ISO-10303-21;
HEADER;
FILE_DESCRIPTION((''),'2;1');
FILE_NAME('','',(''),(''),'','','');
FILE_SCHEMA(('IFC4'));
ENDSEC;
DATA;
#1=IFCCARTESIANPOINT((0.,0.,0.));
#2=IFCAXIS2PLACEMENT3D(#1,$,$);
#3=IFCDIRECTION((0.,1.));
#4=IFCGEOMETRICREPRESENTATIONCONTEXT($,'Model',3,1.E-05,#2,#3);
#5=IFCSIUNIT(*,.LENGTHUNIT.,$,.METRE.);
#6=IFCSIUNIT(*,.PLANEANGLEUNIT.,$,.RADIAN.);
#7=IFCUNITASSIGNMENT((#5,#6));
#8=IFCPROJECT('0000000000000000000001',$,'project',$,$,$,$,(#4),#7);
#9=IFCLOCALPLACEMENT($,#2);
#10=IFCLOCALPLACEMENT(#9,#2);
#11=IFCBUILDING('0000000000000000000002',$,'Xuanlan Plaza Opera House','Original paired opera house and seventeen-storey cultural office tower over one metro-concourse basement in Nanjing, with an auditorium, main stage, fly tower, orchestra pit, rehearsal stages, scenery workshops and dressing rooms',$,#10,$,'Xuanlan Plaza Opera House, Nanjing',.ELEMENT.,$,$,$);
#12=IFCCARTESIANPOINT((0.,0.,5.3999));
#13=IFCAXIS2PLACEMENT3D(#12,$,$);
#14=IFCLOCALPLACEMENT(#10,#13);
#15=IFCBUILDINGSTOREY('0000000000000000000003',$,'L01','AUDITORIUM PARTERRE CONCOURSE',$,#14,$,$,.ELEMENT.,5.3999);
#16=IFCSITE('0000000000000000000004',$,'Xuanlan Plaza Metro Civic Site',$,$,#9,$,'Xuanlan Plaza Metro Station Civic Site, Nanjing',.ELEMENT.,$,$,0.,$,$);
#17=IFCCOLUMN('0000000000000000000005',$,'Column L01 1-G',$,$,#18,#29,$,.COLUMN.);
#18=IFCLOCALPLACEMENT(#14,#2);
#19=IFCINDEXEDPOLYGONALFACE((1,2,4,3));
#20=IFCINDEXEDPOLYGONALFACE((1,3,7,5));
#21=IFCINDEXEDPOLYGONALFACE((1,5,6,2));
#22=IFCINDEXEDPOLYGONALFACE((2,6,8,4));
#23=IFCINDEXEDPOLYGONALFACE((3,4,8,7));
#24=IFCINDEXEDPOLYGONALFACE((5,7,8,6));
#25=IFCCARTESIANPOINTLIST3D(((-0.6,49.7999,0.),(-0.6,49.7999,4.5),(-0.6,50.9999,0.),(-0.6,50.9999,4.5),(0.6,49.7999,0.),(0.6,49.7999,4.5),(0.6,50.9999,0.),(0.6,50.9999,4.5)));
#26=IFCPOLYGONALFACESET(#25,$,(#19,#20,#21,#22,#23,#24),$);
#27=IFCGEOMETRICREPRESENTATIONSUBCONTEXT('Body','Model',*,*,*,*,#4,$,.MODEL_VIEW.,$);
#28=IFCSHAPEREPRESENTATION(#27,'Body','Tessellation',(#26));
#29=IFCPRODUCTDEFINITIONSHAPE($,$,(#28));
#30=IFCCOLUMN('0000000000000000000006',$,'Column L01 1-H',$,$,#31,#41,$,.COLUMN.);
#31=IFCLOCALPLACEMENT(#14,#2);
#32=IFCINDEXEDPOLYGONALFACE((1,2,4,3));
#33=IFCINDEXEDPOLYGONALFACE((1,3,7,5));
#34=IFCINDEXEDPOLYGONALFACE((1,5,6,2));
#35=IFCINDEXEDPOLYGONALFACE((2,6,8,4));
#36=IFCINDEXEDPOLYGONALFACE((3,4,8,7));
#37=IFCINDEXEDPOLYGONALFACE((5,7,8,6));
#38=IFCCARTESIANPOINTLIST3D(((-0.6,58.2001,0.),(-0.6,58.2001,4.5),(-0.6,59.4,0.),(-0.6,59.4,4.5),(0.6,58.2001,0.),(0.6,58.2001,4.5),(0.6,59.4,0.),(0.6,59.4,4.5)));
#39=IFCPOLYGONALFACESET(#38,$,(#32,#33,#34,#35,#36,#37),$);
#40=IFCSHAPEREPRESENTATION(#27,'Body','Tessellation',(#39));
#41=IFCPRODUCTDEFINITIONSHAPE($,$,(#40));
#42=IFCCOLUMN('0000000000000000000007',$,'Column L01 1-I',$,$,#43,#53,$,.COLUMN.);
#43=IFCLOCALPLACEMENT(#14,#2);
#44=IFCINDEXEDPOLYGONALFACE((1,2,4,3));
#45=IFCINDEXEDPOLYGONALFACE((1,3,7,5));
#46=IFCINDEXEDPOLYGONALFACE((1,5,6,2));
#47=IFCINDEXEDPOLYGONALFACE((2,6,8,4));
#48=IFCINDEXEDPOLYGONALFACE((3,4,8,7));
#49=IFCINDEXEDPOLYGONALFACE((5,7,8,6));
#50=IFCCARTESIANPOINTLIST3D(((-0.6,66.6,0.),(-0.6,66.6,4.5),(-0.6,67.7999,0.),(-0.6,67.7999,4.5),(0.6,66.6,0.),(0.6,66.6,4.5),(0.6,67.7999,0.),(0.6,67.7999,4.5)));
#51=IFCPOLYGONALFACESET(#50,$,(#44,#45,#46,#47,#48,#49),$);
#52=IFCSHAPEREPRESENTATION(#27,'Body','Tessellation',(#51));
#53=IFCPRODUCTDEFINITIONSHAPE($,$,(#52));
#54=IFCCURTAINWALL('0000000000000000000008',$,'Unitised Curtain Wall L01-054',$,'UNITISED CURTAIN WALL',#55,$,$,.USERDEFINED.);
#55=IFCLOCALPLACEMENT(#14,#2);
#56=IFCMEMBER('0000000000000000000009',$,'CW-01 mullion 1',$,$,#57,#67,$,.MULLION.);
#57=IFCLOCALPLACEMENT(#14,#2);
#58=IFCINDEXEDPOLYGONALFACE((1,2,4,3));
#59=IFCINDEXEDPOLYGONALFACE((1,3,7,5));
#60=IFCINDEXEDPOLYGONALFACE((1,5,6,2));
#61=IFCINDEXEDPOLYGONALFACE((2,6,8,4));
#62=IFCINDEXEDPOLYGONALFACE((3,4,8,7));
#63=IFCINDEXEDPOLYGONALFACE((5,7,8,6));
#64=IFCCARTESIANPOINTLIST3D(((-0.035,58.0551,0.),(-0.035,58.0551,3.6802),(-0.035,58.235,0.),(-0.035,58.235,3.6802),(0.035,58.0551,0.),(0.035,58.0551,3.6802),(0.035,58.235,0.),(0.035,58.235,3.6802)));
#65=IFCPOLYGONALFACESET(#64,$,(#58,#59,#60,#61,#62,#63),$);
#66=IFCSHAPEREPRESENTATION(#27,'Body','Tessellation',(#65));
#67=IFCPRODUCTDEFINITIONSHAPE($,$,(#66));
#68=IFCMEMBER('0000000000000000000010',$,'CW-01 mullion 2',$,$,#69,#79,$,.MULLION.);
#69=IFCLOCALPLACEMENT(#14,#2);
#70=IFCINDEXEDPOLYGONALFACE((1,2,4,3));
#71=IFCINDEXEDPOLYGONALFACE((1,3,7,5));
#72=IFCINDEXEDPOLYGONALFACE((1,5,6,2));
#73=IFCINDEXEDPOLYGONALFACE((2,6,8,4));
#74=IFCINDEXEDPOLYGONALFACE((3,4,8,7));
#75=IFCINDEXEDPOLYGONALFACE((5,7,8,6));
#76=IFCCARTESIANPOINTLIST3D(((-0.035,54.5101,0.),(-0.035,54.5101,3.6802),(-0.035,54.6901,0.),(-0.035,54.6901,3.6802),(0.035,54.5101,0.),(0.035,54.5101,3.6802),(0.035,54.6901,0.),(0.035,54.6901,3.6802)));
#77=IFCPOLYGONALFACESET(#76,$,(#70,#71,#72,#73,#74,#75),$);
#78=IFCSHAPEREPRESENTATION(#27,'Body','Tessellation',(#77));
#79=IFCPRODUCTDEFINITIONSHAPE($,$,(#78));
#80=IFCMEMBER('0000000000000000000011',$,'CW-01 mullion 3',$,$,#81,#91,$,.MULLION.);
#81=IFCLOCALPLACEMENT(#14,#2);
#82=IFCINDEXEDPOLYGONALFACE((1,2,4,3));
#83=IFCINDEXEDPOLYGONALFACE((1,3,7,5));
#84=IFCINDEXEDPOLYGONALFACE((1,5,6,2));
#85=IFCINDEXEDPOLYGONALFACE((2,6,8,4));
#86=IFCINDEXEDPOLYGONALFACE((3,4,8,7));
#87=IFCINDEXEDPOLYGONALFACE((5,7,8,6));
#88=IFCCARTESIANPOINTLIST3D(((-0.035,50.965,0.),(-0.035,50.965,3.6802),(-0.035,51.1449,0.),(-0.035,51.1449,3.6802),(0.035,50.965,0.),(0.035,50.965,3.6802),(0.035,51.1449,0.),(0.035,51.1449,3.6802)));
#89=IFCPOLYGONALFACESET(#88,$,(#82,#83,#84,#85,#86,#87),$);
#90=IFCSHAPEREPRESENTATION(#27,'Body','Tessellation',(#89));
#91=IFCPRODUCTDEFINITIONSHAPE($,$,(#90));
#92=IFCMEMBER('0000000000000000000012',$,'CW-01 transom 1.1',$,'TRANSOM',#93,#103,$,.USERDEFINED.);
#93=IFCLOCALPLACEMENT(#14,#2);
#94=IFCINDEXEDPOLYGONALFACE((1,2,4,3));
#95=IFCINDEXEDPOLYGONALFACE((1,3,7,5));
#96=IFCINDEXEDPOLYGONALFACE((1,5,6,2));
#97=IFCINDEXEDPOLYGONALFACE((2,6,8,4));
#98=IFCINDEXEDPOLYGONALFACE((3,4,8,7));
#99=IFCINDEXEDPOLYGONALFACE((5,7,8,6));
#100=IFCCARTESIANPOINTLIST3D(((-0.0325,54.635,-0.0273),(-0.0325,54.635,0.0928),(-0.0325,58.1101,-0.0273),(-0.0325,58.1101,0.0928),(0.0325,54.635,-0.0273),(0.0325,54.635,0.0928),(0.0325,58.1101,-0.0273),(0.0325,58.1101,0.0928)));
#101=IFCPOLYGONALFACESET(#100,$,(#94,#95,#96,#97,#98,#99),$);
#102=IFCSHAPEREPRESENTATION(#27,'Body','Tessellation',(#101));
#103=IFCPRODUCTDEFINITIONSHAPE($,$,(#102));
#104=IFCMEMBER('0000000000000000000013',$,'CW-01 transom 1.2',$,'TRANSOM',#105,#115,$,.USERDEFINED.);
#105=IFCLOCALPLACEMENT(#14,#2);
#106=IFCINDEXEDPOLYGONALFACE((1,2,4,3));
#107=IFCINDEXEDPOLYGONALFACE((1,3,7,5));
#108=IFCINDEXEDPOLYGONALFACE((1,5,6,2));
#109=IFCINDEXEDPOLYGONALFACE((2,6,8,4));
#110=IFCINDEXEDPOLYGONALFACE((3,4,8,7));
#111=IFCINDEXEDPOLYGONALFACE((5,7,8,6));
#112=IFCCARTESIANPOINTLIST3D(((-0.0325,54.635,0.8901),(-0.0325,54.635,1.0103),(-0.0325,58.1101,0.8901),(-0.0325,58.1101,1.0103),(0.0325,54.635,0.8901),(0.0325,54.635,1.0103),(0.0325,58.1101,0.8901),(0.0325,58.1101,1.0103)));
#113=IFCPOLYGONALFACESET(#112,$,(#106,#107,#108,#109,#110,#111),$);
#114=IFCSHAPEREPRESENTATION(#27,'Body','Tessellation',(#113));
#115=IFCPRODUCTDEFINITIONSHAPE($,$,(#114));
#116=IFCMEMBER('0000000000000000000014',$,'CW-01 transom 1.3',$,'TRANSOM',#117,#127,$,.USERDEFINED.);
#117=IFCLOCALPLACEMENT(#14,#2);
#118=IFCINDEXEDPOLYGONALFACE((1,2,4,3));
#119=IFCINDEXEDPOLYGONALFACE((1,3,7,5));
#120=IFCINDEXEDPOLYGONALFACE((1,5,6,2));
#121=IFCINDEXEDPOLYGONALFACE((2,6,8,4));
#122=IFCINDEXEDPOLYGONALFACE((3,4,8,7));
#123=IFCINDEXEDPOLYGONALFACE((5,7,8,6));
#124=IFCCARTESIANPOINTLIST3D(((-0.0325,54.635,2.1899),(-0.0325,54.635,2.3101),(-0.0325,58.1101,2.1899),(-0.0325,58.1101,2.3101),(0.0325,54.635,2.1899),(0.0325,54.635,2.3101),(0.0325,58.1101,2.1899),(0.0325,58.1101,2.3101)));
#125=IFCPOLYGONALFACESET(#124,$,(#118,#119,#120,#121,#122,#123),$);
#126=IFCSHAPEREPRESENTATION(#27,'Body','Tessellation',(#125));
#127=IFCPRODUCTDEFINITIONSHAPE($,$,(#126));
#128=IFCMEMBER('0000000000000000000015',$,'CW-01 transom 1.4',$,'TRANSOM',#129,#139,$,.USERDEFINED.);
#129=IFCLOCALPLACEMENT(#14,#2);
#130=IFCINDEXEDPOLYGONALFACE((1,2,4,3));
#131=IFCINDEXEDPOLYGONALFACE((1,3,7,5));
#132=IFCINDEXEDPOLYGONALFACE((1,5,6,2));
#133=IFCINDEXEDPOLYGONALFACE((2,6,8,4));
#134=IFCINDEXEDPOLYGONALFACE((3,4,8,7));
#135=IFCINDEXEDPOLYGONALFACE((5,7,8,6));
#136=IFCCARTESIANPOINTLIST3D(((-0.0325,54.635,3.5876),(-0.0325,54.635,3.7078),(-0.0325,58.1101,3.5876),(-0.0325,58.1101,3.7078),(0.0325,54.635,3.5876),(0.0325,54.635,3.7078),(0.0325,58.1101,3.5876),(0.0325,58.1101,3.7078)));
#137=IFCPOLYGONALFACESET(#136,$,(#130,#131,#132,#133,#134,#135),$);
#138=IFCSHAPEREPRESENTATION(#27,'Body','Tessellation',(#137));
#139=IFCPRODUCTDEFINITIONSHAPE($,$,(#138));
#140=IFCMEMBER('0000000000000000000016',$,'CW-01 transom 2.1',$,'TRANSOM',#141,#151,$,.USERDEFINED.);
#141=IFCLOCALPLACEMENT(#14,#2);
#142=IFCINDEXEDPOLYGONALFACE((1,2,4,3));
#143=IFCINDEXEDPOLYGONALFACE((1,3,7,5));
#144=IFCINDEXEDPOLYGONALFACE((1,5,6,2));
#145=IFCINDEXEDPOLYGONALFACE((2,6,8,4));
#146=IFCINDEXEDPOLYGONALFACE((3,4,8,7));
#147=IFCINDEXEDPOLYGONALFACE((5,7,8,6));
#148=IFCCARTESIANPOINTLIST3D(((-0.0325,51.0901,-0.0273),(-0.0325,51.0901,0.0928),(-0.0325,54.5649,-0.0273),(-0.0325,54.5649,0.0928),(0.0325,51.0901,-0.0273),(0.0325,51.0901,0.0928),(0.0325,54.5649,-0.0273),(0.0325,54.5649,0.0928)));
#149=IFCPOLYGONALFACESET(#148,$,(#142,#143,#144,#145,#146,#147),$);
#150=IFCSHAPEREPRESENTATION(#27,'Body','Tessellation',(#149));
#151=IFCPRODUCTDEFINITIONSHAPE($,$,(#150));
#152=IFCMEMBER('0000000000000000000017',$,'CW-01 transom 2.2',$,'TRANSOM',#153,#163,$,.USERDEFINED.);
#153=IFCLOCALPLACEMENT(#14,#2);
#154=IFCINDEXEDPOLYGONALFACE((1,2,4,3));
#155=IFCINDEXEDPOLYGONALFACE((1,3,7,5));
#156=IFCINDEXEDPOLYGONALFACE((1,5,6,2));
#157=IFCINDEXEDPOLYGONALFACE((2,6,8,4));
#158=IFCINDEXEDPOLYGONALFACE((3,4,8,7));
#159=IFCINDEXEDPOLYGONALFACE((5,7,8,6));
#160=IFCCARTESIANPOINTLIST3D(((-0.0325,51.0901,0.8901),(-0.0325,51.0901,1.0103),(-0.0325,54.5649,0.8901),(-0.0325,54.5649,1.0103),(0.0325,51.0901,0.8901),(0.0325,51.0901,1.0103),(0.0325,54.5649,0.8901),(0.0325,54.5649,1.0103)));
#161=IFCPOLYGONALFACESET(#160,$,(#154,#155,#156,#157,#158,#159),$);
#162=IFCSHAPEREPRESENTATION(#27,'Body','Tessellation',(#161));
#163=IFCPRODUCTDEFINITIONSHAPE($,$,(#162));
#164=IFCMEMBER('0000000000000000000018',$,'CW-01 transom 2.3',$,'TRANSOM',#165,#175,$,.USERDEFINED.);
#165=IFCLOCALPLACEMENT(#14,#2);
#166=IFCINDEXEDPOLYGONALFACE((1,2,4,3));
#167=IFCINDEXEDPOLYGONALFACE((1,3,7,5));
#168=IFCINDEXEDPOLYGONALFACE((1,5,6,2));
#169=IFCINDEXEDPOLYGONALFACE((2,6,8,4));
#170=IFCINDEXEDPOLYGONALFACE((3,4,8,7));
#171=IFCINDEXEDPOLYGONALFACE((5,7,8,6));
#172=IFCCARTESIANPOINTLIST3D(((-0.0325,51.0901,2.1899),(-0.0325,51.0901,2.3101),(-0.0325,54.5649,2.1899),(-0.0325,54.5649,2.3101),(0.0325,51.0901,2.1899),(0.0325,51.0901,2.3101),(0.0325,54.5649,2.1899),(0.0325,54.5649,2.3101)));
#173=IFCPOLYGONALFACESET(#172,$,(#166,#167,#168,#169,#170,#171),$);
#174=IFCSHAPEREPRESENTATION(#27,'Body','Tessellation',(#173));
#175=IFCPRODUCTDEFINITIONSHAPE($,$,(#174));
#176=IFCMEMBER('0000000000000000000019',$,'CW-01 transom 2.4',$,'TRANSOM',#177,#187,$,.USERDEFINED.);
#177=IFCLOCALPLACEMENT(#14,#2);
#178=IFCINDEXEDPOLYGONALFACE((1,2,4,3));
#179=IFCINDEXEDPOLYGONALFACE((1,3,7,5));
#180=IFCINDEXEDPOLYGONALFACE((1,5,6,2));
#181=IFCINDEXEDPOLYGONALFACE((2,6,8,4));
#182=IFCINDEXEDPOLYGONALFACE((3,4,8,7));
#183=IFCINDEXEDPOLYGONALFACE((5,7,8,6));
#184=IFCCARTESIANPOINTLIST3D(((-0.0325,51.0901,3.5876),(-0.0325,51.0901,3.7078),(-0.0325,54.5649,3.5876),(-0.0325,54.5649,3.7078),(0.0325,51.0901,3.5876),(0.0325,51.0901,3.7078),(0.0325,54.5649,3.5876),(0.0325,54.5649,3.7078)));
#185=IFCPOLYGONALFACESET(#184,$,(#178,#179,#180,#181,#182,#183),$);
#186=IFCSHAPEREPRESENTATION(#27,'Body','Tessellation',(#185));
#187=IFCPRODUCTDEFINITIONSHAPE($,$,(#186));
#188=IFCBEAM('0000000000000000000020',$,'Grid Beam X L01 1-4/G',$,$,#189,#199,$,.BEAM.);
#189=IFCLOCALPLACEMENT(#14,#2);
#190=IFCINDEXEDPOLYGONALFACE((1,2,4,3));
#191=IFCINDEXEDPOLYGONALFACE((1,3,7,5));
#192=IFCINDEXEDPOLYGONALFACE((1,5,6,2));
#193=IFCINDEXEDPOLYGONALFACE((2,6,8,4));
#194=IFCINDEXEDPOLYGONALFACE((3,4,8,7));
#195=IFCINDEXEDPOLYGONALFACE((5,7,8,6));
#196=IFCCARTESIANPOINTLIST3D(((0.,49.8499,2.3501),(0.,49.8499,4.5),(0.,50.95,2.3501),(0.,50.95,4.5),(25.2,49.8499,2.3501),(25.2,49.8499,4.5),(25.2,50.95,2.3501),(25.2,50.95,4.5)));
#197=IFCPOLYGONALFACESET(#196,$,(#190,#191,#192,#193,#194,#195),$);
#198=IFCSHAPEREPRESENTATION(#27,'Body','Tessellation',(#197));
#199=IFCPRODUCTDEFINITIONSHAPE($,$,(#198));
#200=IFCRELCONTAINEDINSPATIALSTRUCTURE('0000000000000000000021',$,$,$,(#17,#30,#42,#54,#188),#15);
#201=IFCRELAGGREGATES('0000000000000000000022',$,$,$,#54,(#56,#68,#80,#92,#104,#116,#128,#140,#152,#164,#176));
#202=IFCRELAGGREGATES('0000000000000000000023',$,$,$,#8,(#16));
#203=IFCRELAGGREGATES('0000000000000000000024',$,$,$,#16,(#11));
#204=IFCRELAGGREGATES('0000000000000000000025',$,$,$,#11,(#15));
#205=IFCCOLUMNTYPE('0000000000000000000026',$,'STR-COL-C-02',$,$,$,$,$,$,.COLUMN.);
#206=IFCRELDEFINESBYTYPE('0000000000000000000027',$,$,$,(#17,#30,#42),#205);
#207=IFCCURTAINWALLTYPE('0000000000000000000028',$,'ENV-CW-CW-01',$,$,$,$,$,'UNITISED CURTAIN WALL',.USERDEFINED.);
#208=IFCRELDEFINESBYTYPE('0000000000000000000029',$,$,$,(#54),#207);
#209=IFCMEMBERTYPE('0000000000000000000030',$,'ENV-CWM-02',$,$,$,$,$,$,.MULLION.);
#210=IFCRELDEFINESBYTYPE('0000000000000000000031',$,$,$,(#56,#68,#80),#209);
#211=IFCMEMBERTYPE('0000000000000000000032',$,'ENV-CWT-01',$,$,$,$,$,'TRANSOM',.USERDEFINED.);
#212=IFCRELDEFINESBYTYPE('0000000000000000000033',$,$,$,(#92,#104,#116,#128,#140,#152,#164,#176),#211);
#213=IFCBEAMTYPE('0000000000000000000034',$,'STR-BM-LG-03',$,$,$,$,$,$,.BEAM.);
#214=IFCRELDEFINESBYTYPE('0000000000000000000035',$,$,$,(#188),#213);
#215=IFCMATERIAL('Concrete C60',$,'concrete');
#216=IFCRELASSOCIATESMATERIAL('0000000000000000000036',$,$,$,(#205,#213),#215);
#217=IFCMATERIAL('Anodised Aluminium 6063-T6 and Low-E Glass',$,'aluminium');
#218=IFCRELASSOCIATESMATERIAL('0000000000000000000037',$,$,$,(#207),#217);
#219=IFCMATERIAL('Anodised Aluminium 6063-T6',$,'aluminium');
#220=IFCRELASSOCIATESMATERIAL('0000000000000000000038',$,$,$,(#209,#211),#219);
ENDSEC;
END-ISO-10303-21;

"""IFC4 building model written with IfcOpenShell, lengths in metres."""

from ifc_helpers import new_model, si_unit, direction, frame, origin, origin_2d, place, context, subcontext, project, spatial, rectangle, extrude, material, material_profile, profile_set, type_object, element, aggregate, save


model = new_model("IFC4")

# Units and contexts
model_context = context("Model", 3, precision=1e-05, world=origin(), true_north=direction((0.0, 1.0)))
body_context = subcontext(model_context, "Body", "Model", "MODEL_VIEW")
ifc_project = project(units=[si_unit("LENGTHUNIT", "METRE"), si_unit("PLANEANGLEUNIT", "RADIAN")], contexts=[model_context])

# Site, building, storey
site_placement = place(None, origin())
site = spatial("IfcSite", under=ifc_project, at=site_placement, Name="Xuanlan Plaza Metro Civic Site", LongName="Xuanlan Plaza Metro Station Civic Site, Nanjing", CompositionType="ELEMENT", RefElevation=0.0)
building_placement = place(site_placement, origin())
building = spatial("IfcBuilding", under=site, at=building_placement, Name="Xuanlan Plaza Opera House", Description="Original paired opera house and seventeen-storey cultural office tower over one metro-concourse basement in Nanjing, with an auditorium, main stage, fly tower, orchestra pit, rehearsal stages, scenery workshops and dressing rooms", LongName="Xuanlan Plaza Opera House, Nanjing", CompositionType="ELEMENT")
storey_placement = place(building_placement, frame((0.0, 0.0, 5.3999)))
storey = spatial("IfcBuildingStorey", under=building, at=storey_placement, Name="L01", Description="AUDITORIUM PARTERRE CONCOURSE", CompositionType="ELEMENT", Elevation=5.3999)

# Columns
ifc_material_1 = material(Name="Concrete C60", Category="concrete")
ifc_material_profile_1 = material_profile(ifc_material_1, rectangle(XDim=1.2, YDim=1.2, at=origin_2d()), Name="RC-COL 1200x1200")
ifc_profile_set_1 = profile_set([ifc_material_profile_1], Name="Concrete C60")
column_type = type_object("IfcColumnType", Name="STR-COL-C-02", PredefinedType="COLUMN", material=ifc_profile_set_1)
for number, where, z_axis, x_axis, name in (
    (1, (0.0, 50.3999, 0.0), (0.0, 0.0, 1.0), (1.0, 0.0, 0.0), "Column L01 1-G"),
    (2, (0.0, 58.8, 0.0), (0.0, 0.0, 1.0), (1.0, 0.0, 0.0), "Column L01 1-H"),
    (3, (0.0, 67.2, 0.0), (0.0, 0.0, 1.0), (1.0, 0.0, 0.0), "Column L01 1-I"),
):
    element("IfcColumn", number, at=place(storey_placement, frame(where, z_axis=z_axis, x_axis=x_axis)), inside=storey, type_object=column_type, Name=name, PredefinedType="COLUMN", context=body_context, shape_type="SweptSolid", body=[
        extrude(rectangle(XDim=1.2, YDim=1.2, at=origin_2d()), origin(), (0.0, 0.0, 1.0), 4.5),
    ])

# Curtain wall, members
ifc_material_2 = material(Name="Anodised Aluminium 6063-T6 and Low-E Glass", Category="aluminium")
curtain_wall_type = type_object("IfcCurtainWallType", Name="ENV-CW-CW-01", ElementType="UNITISED CURTAIN WALL", PredefinedType="USERDEFINED", material=ifc_material_2)
curtain_wall_placement = place(storey_placement, origin())
curtain_wall = element("IfcCurtainWall", 4, at=curtain_wall_placement, inside=storey, type_object=curtain_wall_type, Name="Unitised Curtain Wall L01-054", ObjectType="UNITISED CURTAIN WALL", PredefinedType="USERDEFINED")
ifc_material_3 = material(Name="Anodised Aluminium 6063-T6", Category="aluminium")
ifc_material_profile_2 = material_profile(ifc_material_3, rectangle(XDim=0.0701, YDim=0.1799, at=origin_2d()), Name="ALU-M 70x180")
ifc_profile_set_2 = profile_set([ifc_material_profile_2], Name="Anodised Aluminium 6063-T6")
member_type_1 = type_object("IfcMemberType", Name="ENV-CWM-02", PredefinedType="MULLION", material=ifc_profile_set_2)
member_1_placement = place(storey_placement, frame((0.0, 58.145, 0.0), z_axis=(0.0, 0.0, 1.0), x_axis=(1.0, 0.0, 0.0)))
member_1 = element("IfcMember", 5, at=member_1_placement, type_object=member_type_1, Name="CW-01 mullion 1", PredefinedType="MULLION", context=body_context, shape_type="SweptSolid", body=[
    extrude(rectangle(XDim=0.0701, YDim=0.1799, at=origin_2d()), origin(), (0.0, 0.0, 1.0), 3.6802),
])
member_2_placement = place(storey_placement, frame((0.0, 54.6001, 0.0), z_axis=(0.0, 0.0, 1.0), x_axis=(1.0, 0.0, 0.0)))
member_2 = element("IfcMember", 6, at=member_2_placement, type_object=member_type_1, Name="CW-01 mullion 2", PredefinedType="MULLION", context=body_context, shape_type="SweptSolid", body=[
    extrude(rectangle(XDim=0.0701, YDim=0.1799, at=origin_2d()), origin(), (0.0, 0.0, 1.0), 3.6802),
])
member_3_placement = place(storey_placement, frame((0.0, 51.0549, 0.0), z_axis=(0.0, 0.0, 1.0), x_axis=(1.0, 0.0, 0.0)))
member_3 = element("IfcMember", 7, at=member_3_placement, type_object=member_type_1, Name="CW-01 mullion 3", PredefinedType="MULLION", context=body_context, shape_type="SweptSolid", body=[
    extrude(rectangle(XDim=0.0701, YDim=0.1799, at=origin_2d()), origin(), (0.0, 0.0, 1.0), 3.6802),
])
ifc_material_profile_3 = material_profile(ifc_material_3, rectangle(XDim=0.0649, YDim=0.1201, at=origin_2d()), Name="ALU-T 65x120")
ifc_profile_set_3 = profile_set([ifc_material_profile_3], Name="Anodised Aluminium 6063-T6")
member_type_2 = type_object("IfcMemberType", Name="ENV-CWT-01", ElementType="TRANSOM", PredefinedType="USERDEFINED", material=ifc_profile_set_3)
member_4_placement = place(storey_placement, frame((0.0, 58.1101, 0.0327), z_axis=(0.0, -1.0, 0.0), x_axis=(1.0, 0.0, 0.0)))
member_4 = element("IfcMember", 8, at=member_4_placement, type_object=member_type_2, Name="CW-01 transom 1.1", ObjectType="TRANSOM", PredefinedType="USERDEFINED", context=body_context, shape_type="SweptSolid", body=[
    extrude(rectangle(XDim=0.0649, YDim=0.1201, at=origin_2d()), origin(), (0.0, 0.0, 1.0), 3.4751),
])
member_5_placement = place(storey_placement, frame((0.0, 58.1101, 0.9502), z_axis=(0.0, -1.0, 0.0), x_axis=(1.0, 0.0, 0.0)))
member_5 = element("IfcMember", 9, at=member_5_placement, type_object=member_type_2, Name="CW-01 transom 1.2", ObjectType="TRANSOM", PredefinedType="USERDEFINED", context=body_context, shape_type="SweptSolid", body=[
    extrude(rectangle(XDim=0.0649, YDim=0.1201, at=origin_2d()), origin(), (0.0, 0.0, 1.0), 3.4751),
])
member_6_placement = place(storey_placement, frame((0.0, 58.1101, 2.25), z_axis=(0.0, -1.0, 0.0), x_axis=(1.0, 0.0, 0.0)))
member_6 = element("IfcMember", 10, at=member_6_placement, type_object=member_type_2, Name="CW-01 transom 1.3", ObjectType="TRANSOM", PredefinedType="USERDEFINED", context=body_context, shape_type="SweptSolid", body=[
    extrude(rectangle(XDim=0.0649, YDim=0.1201, at=origin_2d()), origin(), (0.0, 0.0, 1.0), 3.4751),
])
member_7_placement = place(storey_placement, frame((0.0, 58.1101, 3.6477), z_axis=(0.0, -1.0, 0.0), x_axis=(1.0, 0.0, 0.0)))
member_7 = element("IfcMember", 11, at=member_7_placement, type_object=member_type_2, Name="CW-01 transom 1.4", ObjectType="TRANSOM", PredefinedType="USERDEFINED", context=body_context, shape_type="SweptSolid", body=[
    extrude(rectangle(XDim=0.0649, YDim=0.1201, at=origin_2d()), origin(), (0.0, 0.0, 1.0), 3.4751),
])
member_8_placement = place(storey_placement, frame((0.0, 54.5649, 0.0327), z_axis=(0.0, -1.0, 0.0), x_axis=(1.0, 0.0, 0.0)))
member_8 = element("IfcMember", 12, at=member_8_placement, type_object=member_type_2, Name="CW-01 transom 2.1", ObjectType="TRANSOM", PredefinedType="USERDEFINED", context=body_context, shape_type="SweptSolid", body=[
    extrude(rectangle(XDim=0.0649, YDim=0.1201, at=origin_2d()), origin(), (0.0, 0.0, 1.0), 3.4749),
])
member_9_placement = place(storey_placement, frame((0.0, 54.5649, 0.9502), z_axis=(0.0, -1.0, 0.0), x_axis=(1.0, 0.0, 0.0)))
member_9 = element("IfcMember", 13, at=member_9_placement, type_object=member_type_2, Name="CW-01 transom 2.2", ObjectType="TRANSOM", PredefinedType="USERDEFINED", context=body_context, shape_type="SweptSolid", body=[
    extrude(rectangle(XDim=0.0649, YDim=0.1201, at=origin_2d()), origin(), (0.0, 0.0, 1.0), 3.4749),
])
member_10_placement = place(storey_placement, frame((0.0, 54.5649, 2.25), z_axis=(0.0, -1.0, 0.0), x_axis=(1.0, 0.0, 0.0)))
member_10 = element("IfcMember", 14, at=member_10_placement, type_object=member_type_2, Name="CW-01 transom 2.3", ObjectType="TRANSOM", PredefinedType="USERDEFINED", context=body_context, shape_type="SweptSolid", body=[
    extrude(rectangle(XDim=0.0649, YDim=0.1201, at=origin_2d()), origin(), (0.0, 0.0, 1.0), 3.4749),
])
member_11_placement = place(storey_placement, frame((0.0, 54.5649, 3.6477), z_axis=(0.0, -1.0, 0.0), x_axis=(1.0, 0.0, 0.0)))
member_11 = element("IfcMember", 15, at=member_11_placement, type_object=member_type_2, Name="CW-01 transom 2.4", ObjectType="TRANSOM", PredefinedType="USERDEFINED", context=body_context, shape_type="SweptSolid", body=[
    extrude(rectangle(XDim=0.0649, YDim=0.1201, at=origin_2d()), origin(), (0.0, 0.0, 1.0), 3.4749),
])

# Beam
ifc_material_profile_4 = material_profile(ifc_material_1, rectangle(XDim=1.1001, YDim=2.1499, at=origin_2d()), Name="RC-TG 1100x2150")
ifc_profile_set_4 = profile_set([ifc_material_profile_4], Name="Concrete C60")
beam_type_1 = type_object("IfcBeamType", Name="STR-BM-LG-03", PredefinedType="BEAM", material=ifc_profile_set_4)
for number, where, z_axis, x_axis, name in (
    (16, (0.0, 50.3999, 3.425), (1.0, 0.0, 0.0), (0.0, 1.0, 0.0), "Grid Beam X L01 1-4/G"),
):
    element("IfcBeam", number, at=place(storey_placement, frame(where, z_axis=z_axis, x_axis=x_axis)), inside=storey, type_object=beam_type_1, Name=name, PredefinedType="BEAM", context=body_context, shape_type="SweptSolid", body=[
        extrude(rectangle(XDim=1.1001, YDim=2.1499, at=origin_2d()), origin(), (0.0, 0.0, 1.0), 25.2),
    ])

aggregate(curtain_wall, [member_1, member_2, member_3, member_4, member_5, member_6, member_7, member_8, member_9, member_10, member_11])

save(model, "model.ifc")
